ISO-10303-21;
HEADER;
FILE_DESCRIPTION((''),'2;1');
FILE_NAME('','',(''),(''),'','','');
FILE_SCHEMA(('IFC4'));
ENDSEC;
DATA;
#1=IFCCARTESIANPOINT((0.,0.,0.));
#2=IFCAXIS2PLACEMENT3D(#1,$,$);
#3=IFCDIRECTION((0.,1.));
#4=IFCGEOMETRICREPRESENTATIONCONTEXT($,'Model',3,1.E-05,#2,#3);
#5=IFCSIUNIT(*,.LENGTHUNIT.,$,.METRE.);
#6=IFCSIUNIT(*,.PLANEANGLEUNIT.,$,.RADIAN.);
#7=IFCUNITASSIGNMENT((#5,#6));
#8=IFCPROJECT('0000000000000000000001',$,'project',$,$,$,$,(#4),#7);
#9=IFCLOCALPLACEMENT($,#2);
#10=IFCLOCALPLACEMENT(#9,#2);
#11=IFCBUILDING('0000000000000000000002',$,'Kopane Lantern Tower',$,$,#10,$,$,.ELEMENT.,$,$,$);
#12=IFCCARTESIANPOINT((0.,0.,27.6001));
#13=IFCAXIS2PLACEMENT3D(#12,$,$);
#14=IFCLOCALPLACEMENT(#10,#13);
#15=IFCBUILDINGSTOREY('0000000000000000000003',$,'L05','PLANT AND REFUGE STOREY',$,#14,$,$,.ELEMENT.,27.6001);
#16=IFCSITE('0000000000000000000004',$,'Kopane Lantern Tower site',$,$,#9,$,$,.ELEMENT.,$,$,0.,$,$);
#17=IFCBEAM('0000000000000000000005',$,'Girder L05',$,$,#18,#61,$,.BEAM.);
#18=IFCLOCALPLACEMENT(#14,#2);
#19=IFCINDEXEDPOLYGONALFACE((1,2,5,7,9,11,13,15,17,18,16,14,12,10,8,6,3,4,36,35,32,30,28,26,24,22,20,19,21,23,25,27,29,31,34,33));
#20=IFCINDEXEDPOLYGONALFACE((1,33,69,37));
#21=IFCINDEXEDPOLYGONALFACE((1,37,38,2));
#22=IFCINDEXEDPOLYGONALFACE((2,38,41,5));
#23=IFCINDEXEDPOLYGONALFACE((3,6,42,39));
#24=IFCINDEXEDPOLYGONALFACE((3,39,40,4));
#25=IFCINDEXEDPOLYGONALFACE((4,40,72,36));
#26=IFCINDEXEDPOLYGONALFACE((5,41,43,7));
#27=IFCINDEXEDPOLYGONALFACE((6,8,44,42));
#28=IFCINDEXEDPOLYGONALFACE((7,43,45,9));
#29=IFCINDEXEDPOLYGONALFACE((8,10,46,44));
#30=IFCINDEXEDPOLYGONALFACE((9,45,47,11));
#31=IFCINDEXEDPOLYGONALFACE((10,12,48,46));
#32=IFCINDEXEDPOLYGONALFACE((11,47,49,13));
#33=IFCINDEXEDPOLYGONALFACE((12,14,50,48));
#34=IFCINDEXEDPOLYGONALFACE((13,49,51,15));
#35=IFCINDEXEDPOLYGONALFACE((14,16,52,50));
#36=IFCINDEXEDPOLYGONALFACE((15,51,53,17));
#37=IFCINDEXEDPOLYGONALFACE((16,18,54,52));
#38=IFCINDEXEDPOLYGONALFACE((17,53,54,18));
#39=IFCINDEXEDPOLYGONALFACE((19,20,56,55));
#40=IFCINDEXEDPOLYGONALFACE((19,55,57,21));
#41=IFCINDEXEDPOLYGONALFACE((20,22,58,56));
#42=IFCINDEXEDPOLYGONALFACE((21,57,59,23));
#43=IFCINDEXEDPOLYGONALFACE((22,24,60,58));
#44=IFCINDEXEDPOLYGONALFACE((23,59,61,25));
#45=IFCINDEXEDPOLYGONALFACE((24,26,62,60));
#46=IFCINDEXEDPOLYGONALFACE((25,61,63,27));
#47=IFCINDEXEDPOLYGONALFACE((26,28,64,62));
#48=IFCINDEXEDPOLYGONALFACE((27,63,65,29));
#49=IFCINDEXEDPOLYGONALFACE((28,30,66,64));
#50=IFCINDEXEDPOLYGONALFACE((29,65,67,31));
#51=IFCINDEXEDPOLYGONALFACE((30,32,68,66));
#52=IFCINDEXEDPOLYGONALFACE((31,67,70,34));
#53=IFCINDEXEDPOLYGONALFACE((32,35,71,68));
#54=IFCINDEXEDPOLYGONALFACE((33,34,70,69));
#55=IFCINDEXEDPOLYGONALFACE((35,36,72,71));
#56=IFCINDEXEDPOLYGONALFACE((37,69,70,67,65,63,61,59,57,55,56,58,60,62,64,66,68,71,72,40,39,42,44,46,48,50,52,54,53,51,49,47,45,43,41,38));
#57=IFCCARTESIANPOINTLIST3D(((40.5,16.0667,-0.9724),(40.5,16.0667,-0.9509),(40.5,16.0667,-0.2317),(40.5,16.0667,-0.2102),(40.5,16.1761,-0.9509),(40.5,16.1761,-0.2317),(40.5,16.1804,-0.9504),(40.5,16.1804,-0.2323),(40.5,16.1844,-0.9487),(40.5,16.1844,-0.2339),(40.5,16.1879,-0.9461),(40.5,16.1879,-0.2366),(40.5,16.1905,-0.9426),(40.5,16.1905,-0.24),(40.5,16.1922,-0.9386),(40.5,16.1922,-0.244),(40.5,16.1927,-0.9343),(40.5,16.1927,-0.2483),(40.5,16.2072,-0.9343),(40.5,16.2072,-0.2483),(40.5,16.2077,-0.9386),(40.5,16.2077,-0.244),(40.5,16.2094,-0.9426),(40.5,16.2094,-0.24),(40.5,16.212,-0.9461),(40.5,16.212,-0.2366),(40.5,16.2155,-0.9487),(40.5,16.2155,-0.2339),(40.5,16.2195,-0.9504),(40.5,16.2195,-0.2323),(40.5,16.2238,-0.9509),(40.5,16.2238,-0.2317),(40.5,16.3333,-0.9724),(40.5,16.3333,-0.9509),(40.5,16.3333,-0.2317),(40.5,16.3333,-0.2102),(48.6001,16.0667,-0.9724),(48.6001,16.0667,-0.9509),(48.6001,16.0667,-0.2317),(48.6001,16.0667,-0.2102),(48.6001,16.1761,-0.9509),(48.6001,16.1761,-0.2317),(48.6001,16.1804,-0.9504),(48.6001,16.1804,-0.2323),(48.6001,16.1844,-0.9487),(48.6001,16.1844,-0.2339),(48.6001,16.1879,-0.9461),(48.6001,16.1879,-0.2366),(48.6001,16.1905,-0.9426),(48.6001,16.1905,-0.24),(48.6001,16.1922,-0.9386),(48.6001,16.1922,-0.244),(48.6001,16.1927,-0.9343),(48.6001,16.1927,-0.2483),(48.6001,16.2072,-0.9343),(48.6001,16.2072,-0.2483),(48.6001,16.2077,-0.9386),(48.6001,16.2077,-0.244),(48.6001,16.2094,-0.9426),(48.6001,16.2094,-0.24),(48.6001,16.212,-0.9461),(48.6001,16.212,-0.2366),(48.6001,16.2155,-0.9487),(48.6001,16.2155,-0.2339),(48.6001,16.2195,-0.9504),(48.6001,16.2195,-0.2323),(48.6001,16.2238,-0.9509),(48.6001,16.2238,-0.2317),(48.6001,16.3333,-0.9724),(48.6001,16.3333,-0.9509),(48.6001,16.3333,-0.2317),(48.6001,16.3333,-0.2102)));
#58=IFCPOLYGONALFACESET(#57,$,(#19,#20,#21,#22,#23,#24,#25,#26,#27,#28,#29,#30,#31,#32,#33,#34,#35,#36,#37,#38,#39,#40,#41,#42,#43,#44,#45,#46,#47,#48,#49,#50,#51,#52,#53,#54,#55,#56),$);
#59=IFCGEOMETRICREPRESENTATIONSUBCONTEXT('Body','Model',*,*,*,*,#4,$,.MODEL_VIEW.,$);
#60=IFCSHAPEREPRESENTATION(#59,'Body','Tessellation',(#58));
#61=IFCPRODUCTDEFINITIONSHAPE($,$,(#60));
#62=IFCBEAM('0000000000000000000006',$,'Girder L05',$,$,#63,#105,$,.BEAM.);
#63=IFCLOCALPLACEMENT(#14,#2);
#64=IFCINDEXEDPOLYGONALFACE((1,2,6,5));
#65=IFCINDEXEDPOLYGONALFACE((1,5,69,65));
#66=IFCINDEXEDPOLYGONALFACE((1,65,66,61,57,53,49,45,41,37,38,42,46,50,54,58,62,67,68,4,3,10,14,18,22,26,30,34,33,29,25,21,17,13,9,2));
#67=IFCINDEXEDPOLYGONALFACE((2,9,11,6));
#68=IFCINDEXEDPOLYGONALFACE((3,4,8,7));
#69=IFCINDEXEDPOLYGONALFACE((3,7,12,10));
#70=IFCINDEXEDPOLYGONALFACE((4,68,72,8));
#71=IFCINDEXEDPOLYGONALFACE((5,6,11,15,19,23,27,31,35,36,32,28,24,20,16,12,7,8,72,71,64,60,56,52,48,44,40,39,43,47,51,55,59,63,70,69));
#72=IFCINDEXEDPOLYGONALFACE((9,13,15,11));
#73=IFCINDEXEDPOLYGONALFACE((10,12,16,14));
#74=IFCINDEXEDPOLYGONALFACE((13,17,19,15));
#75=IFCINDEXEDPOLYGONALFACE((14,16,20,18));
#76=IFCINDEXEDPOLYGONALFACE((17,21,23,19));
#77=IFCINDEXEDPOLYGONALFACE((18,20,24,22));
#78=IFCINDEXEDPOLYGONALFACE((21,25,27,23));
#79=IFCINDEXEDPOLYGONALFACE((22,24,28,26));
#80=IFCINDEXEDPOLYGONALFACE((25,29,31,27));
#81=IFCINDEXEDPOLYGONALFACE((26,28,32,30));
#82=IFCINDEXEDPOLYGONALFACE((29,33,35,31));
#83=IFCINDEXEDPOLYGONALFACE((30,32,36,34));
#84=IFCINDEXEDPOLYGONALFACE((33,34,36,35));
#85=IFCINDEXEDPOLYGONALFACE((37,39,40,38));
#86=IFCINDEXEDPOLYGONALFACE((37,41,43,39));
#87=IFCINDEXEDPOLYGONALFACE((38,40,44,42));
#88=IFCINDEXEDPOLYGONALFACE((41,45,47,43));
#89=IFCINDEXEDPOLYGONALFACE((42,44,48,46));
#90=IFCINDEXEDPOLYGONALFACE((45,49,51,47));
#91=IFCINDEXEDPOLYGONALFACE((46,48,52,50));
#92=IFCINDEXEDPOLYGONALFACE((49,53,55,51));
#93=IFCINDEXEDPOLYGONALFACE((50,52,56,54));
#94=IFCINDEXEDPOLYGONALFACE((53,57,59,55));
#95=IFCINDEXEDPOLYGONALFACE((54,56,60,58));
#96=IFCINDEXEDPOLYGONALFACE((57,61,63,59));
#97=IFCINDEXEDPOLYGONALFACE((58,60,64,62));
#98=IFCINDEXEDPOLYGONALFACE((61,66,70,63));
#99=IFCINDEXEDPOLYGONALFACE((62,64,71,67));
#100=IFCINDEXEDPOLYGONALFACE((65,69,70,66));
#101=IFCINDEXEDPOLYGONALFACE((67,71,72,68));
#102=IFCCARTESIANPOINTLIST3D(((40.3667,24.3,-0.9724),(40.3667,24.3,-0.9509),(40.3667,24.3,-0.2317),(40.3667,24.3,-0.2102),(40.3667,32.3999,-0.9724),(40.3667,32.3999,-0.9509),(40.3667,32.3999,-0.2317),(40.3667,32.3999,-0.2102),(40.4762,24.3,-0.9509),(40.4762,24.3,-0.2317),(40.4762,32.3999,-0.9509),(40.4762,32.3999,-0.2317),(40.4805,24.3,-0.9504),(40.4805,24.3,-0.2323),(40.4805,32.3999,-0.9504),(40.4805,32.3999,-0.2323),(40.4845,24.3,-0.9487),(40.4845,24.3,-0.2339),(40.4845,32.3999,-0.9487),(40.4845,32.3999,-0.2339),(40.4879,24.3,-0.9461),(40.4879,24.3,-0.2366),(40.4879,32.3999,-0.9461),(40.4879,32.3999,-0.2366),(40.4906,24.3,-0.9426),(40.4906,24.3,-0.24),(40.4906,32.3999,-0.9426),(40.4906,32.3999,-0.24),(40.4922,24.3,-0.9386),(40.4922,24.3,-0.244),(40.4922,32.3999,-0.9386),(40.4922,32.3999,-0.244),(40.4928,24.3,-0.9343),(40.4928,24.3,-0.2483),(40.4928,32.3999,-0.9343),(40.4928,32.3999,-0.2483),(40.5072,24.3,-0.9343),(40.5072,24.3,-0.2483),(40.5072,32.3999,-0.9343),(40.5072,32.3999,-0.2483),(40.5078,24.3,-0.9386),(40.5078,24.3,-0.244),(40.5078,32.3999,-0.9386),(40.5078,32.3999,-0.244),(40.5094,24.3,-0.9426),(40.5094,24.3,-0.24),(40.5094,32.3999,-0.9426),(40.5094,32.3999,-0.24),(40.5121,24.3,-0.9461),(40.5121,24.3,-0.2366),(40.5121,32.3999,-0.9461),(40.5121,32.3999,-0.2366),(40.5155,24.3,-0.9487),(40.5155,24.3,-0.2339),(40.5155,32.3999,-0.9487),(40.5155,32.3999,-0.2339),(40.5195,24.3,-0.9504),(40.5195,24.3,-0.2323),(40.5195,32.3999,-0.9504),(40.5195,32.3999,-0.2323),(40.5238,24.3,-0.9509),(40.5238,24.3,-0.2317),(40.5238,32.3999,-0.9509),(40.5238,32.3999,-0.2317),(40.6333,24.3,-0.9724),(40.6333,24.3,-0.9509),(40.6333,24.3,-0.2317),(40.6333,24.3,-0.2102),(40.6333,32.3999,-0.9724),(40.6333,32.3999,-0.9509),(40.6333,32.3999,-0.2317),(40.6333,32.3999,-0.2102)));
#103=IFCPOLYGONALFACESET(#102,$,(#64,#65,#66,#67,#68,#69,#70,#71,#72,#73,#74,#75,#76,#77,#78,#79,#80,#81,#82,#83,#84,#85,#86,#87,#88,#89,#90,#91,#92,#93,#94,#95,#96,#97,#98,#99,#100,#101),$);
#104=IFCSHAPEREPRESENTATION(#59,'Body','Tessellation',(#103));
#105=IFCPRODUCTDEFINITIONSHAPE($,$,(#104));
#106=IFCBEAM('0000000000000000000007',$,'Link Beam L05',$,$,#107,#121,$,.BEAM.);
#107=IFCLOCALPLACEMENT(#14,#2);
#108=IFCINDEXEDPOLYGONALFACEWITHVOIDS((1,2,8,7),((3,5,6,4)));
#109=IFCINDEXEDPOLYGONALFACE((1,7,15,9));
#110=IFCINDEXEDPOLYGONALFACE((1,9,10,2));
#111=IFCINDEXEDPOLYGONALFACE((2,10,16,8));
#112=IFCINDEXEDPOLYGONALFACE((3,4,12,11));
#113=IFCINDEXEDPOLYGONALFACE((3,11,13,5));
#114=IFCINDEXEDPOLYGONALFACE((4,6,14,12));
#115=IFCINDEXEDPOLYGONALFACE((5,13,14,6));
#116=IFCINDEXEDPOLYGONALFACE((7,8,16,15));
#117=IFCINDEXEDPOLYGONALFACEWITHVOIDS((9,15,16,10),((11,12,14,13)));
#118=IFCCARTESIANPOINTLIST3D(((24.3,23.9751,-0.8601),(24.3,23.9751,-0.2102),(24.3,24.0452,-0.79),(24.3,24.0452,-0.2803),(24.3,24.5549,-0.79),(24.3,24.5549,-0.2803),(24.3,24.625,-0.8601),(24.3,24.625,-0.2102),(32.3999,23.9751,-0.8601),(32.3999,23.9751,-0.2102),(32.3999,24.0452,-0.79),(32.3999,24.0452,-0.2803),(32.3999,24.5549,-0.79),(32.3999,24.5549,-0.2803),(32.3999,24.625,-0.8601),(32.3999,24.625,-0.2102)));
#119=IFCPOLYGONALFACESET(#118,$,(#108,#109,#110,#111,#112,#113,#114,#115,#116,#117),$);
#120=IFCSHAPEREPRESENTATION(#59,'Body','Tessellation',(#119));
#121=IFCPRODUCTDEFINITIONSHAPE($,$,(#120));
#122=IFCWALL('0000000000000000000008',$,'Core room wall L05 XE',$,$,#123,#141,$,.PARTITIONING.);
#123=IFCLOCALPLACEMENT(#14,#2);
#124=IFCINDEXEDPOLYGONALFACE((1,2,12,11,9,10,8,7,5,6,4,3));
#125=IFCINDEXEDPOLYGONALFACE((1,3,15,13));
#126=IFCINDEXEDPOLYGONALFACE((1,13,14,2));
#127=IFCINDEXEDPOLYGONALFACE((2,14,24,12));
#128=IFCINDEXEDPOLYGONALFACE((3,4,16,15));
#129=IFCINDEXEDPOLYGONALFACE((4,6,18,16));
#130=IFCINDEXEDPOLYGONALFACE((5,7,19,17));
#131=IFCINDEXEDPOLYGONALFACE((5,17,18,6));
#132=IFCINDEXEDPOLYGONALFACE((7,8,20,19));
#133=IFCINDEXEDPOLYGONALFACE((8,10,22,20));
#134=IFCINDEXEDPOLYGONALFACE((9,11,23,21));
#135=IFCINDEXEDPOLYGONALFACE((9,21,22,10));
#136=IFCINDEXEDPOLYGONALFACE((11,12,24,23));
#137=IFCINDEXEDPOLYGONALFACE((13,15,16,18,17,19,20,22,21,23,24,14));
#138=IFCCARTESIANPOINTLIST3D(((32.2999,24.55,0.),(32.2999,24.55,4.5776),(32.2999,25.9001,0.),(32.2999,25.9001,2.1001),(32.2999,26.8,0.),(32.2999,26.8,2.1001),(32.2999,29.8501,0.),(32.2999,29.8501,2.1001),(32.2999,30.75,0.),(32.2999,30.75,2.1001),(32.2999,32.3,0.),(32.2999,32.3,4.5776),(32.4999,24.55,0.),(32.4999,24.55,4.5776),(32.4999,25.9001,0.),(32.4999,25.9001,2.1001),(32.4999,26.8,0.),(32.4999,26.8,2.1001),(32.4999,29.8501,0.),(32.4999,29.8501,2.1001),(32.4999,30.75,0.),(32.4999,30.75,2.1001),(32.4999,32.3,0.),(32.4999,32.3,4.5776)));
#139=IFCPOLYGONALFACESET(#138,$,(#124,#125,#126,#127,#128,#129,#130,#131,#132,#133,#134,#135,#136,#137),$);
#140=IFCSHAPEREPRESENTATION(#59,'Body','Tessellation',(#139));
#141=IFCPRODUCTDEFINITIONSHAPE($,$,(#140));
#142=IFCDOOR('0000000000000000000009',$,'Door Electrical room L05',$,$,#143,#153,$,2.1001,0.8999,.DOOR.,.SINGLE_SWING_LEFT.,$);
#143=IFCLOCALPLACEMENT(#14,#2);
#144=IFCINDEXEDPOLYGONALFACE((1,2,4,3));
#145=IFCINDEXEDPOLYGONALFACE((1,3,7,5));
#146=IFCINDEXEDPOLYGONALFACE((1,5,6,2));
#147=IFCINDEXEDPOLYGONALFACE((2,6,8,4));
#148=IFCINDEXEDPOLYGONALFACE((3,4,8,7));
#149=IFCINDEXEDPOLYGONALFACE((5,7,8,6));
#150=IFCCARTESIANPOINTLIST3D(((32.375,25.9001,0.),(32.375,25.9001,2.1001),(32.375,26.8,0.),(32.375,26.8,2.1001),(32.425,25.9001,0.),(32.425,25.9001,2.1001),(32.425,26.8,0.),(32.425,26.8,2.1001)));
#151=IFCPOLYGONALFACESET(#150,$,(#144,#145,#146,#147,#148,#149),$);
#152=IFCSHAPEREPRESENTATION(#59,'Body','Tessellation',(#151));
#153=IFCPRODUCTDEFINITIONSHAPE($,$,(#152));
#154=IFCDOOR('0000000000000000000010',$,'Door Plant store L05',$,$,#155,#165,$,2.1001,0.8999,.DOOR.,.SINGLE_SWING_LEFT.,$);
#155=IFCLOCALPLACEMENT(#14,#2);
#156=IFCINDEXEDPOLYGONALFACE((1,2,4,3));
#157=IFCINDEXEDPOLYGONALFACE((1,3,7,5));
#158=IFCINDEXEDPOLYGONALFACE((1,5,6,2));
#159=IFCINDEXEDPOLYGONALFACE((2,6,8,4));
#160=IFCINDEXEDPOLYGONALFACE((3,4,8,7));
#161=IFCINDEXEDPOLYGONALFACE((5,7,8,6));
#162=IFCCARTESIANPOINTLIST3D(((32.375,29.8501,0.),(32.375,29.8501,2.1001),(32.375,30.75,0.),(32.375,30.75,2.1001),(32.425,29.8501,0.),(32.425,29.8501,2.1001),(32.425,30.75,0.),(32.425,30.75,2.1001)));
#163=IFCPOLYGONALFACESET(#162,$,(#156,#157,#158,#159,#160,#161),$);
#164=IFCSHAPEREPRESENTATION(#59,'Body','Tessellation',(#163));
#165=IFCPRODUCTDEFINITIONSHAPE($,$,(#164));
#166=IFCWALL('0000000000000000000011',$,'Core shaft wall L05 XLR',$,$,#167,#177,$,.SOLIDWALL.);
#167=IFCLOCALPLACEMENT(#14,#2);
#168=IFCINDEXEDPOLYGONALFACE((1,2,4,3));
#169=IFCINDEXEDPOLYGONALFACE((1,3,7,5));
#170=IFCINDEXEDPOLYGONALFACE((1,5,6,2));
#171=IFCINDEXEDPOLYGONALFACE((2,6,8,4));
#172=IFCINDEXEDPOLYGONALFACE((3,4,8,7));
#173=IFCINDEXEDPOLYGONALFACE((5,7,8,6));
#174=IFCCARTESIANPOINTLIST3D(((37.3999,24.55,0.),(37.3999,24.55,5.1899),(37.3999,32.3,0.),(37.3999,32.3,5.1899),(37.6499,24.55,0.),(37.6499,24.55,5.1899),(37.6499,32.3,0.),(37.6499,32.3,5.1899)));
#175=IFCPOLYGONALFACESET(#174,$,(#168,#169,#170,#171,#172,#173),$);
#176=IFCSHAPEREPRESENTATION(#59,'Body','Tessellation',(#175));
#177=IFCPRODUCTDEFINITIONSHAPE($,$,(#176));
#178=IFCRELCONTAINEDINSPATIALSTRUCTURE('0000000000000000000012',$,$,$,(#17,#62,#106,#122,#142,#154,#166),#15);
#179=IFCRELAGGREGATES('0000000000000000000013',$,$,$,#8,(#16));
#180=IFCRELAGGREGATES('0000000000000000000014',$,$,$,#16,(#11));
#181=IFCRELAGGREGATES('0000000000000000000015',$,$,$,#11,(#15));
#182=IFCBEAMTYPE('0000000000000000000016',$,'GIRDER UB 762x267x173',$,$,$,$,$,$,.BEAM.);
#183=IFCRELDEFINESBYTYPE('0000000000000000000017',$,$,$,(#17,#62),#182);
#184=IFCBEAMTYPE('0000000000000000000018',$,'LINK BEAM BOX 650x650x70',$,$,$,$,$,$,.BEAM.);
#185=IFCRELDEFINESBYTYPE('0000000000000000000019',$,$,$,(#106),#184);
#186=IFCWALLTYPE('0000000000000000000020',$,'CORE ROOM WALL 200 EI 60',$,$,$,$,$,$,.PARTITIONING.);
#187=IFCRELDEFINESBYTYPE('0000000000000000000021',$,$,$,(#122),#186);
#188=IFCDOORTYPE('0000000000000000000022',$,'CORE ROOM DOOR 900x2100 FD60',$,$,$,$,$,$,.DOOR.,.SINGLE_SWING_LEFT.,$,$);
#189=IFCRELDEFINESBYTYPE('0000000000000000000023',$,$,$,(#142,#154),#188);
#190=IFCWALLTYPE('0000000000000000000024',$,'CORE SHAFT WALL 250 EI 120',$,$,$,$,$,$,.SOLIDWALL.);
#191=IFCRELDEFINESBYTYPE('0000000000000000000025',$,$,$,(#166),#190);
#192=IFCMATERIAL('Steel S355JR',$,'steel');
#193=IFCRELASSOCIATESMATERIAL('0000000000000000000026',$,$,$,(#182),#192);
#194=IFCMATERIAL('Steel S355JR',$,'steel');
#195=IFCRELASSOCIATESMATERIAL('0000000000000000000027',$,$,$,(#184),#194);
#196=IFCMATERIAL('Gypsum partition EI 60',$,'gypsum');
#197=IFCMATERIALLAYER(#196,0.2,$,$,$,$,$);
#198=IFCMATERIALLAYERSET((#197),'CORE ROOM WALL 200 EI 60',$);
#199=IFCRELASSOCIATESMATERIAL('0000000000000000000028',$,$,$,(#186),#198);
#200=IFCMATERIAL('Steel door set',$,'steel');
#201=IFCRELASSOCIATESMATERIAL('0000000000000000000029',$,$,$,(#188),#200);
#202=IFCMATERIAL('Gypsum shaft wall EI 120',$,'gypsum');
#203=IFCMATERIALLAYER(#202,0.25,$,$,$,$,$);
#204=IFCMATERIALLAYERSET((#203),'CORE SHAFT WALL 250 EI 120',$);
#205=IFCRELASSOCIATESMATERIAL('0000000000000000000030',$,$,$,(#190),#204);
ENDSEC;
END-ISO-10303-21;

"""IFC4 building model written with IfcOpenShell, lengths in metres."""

from ifc_helpers import new_model, si_unit, direction, frame, frame_2d, origin, origin_2d, place, context, subcontext, project, spatial, rectangle, hollow_rectangle, i_section, extrude, material, layer, layer_set, material_profile, profile_set, type_object, element, fill, save


model = new_model("IFC4")

# Units and contexts
model_context = context("Model", 3, precision=1e-05, world=origin(), true_north=direction((0.0, 1.0)))
body_context = subcontext(model_context, "Body", "Model", "MODEL_VIEW")
ifc_project = project(units=[si_unit("LENGTHUNIT", "METRE"), si_unit("PLANEANGLEUNIT", "RADIAN")], contexts=[model_context])

# Site, building, storey
site_placement = place(None, origin())
site = spatial("IfcSite", under=ifc_project, at=site_placement, Name="Kopane Lantern Tower site", CompositionType="ELEMENT", RefElevation=0.0)
building_placement = place(site_placement, origin())
building = spatial("IfcBuilding", under=site, at=building_placement, Name="Kopane Lantern Tower", CompositionType="ELEMENT")
storey_placement = place(building_placement, frame((0.0, 0.0, 27.6001)))
storey = spatial("IfcBuildingStorey", under=building, at=storey_placement, Name="L05", Description="PLANT AND REFUGE STOREY", CompositionType="ELEMENT", Elevation=27.6001)

# Beams
ifc_material_1 = material(Name="Steel S355JR", Category="steel")
ifc_material_profile_1 = material_profile(ifc_material_1, i_section(OverallWidth=0.2666, OverallDepth=0.7622, WebThickness=0.0144, FlangeThickness=0.0215, FilletRadius=0.0166, at=origin_2d()), Name="UB 762x267x173")
ifc_profile_set_1 = profile_set([ifc_material_profile_1], Name="Steel S355JR")
beam_type_1 = type_object("IfcBeamType", Name="GIRDER UB 762x267x173", PredefinedType="BEAM", material=ifc_profile_set_1)
for number, where, z_axis, x_axis, name in (
    (1, (40.5, 16.2, -0.5913), (1.0, 0.0, 0.0), (0.0, 1.0, 0.0), "Girder L05"),
):
    element("IfcBeam", number, at=place(storey_placement, frame(where, z_axis=z_axis, x_axis=x_axis)), inside=storey, type_object=beam_type_1, Name=name, PredefinedType="BEAM", context=body_context, shape_type="SweptSolid", body=[
        extrude(i_section(OverallWidth=0.2666, OverallDepth=0.7622, WebThickness=0.0144, FlangeThickness=0.0215, FilletRadius=0.0166, at=origin_2d()), origin(), (0.0, 0.0, 1.0), 8.1001),
    ])
beam_1_placement = place(storey_placement, frame((40.5, 24.3, -0.5913), z_axis=(0.0, 1.0, 0.0), x_axis=(-1.0, 0.0, 0.0)))
element("IfcBeam", 2, at=beam_1_placement, inside=storey, type_object=beam_type_1, Name="Girder L05", PredefinedType="BEAM", context=body_context, shape_type="SweptSolid", body=[
    extrude(i_section(OverallWidth=0.2666, OverallDepth=0.7622, WebThickness=0.0144, FlangeThickness=0.0215, FilletRadius=0.0166, at=origin_2d()), origin(), (0.0, 0.0, 1.0), 8.0999),
])
ifc_material_2 = material(Name="Steel S355JR", Category="steel")
ifc_material_profile_2 = material_profile(ifc_material_2, hollow_rectangle(XDim=0.6499, YDim=0.6499, WallThickness=0.0701, at=origin_2d()), Name="BOX 650x650x70")
ifc_profile_set_2 = profile_set([ifc_material_profile_2], Name="Steel S355JR")
beam_type_2 = type_object("IfcBeamType", Name="LINK BEAM BOX 650x650x70", PredefinedType="BEAM", material=ifc_profile_set_2)
beam_2_placement = place(storey_placement, frame((24.3, 24.3, -0.5352), z_axis=(1.0, 0.0, 0.0), x_axis=(0.0, 1.0, 0.0)))
element("IfcBeam", 3, at=beam_2_placement, inside=storey, type_object=beam_type_2, Name="Link Beam L05", PredefinedType="BEAM", context=body_context, shape_type="SweptSolid", body=[
    extrude(hollow_rectangle(XDim=0.6499, YDim=0.6499, WallThickness=0.0701, at=origin_2d()), origin(), (0.0, 0.0, 1.0), 8.0999),
])

# Wall, openings, doors
ifc_material_3 = material(Name="Gypsum partition EI 60", Category="gypsum")
ifc_layer_1 = layer(ifc_material_3, 0.2)
ifc_layer_set_1 = layer_set([ifc_layer_1], Name="CORE ROOM WALL 200 EI 60")
wall_type_1 = type_object("IfcWallType", Name="CORE ROOM WALL 200 EI 60", PredefinedType="PARTITIONING", material=ifc_layer_set_1)
wall_1_placement = place(storey_placement, frame((32.3999, 24.55, 0.0), z_axis=(0.0, 0.0, 1.0), x_axis=(0.0, 1.0, 0.0)))
wall_1 = element("IfcWall", 4, at=wall_1_placement, inside=storey, type_object=wall_type_1, Name="Core room wall L05 XE", PredefinedType="PARTITIONING", context=body_context, shape_type="SweptSolid", body=[
    extrude(rectangle(XDim=7.75, YDim=0.2, at=frame_2d((3.875, 0.0))), origin(), (0.0, 0.0, 1.0), 4.5776),
])
opening_1_placement = place(wall_1_placement, frame((1.3501, 0.0, 0.0)))
opening_1 = element("IfcOpeningElement", 5, at=opening_1_placement, cuts=wall_1, PredefinedType="OPENING", context=body_context, shape_type="SweptSolid", body=[
    extrude(rectangle(XDim=0.8999, YDim=2.1001, at=frame_2d((0.45, 1.05))), frame((0.0, 0.1099, 0.0), z_axis=(0.0, -1.0, 0.0), x_axis=(1.0, 0.0, 0.0)), (0.0, 0.0, 1.0), 0.22),
])
opening_2_placement = place(wall_1_placement, frame((5.3, 0.0, 0.0)))
opening_2 = element("IfcOpeningElement", 6, at=opening_2_placement, cuts=wall_1, PredefinedType="OPENING", context=body_context, shape_type="SweptSolid", body=[
    extrude(rectangle(XDim=0.8999, YDim=2.1001, at=frame_2d((0.45, 1.05))), frame((0.0, 0.1099, 0.0), z_axis=(0.0, -1.0, 0.0), x_axis=(1.0, 0.0, 0.0)), (0.0, 0.0, 1.0), 0.22),
])
ifc_material_4 = material(Name="Steel door set", Category="steel")
door_type_1 = type_object("IfcDoorType", Name="CORE ROOM DOOR 900x2100 FD60", OperationType="SINGLE_SWING_LEFT", PredefinedType="DOOR", material=ifc_material_4)
door_1_placement = place(opening_1_placement, origin())
door_1 = element("IfcDoor", 7, at=door_1_placement, inside=storey, type_object=door_type_1, Name="Door Electrical room L05", OperationType="SINGLE_SWING_LEFT", OverallHeight=2.1001, OverallWidth=0.8999, PredefinedType="DOOR", context=body_context, shape_type="SweptSolid", body=[
    extrude(rectangle(XDim=0.8999, YDim=2.1001, at=frame_2d((0.45, 1.05))), frame((0.0, 0.0249, 0.0), z_axis=(0.0, -1.0, 0.0), x_axis=(1.0, 0.0, 0.0)), (0.0, 0.0, 1.0), 0.05),
])
fill(opening_1, door_1)
door_2_placement = place(opening_2_placement, origin())
door_2 = element("IfcDoor", 8, at=door_2_placement, inside=storey, type_object=door_type_1, Name="Door Plant store L05", OperationType="SINGLE_SWING_LEFT", OverallHeight=2.1001, OverallWidth=0.8999, PredefinedType="DOOR", context=body_context, shape_type="SweptSolid", body=[
    extrude(rectangle(XDim=0.8999, YDim=2.1001, at=frame_2d((0.45, 1.05))), frame((0.0, 0.0249, 0.0), z_axis=(0.0, -1.0, 0.0), x_axis=(1.0, 0.0, 0.0)), (0.0, 0.0, 1.0), 0.05),
])
fill(opening_2, door_2)

# Wall
ifc_material_5 = material(Name="Gypsum shaft wall EI 120", Category="gypsum")
ifc_layer_2 = layer(ifc_material_5, 0.25)
ifc_layer_set_2 = layer_set([ifc_layer_2], Name="CORE SHAFT WALL 250 EI 120")
wall_type_2 = type_object("IfcWallType", Name="CORE SHAFT WALL 250 EI 120", PredefinedType="SOLIDWALL", material=ifc_layer_set_2)
wall_2_placement = place(storey_placement, frame((37.5249, 24.55, 0.0), z_axis=(0.0, 0.0, 1.0), x_axis=(0.0, 1.0, 0.0)))
element("IfcWall", 9, at=wall_2_placement, inside=storey, type_object=wall_type_2, Name="Core shaft wall L05 XLR", PredefinedType="SOLIDWALL", context=body_context, shape_type="SweptSolid", body=[
    extrude(rectangle(XDim=7.75, YDim=0.25, at=frame_2d((3.875, 0.0))), origin(), (0.0, 0.0, 1.0), 5.1899),
])

save(model, "model.ifc")
